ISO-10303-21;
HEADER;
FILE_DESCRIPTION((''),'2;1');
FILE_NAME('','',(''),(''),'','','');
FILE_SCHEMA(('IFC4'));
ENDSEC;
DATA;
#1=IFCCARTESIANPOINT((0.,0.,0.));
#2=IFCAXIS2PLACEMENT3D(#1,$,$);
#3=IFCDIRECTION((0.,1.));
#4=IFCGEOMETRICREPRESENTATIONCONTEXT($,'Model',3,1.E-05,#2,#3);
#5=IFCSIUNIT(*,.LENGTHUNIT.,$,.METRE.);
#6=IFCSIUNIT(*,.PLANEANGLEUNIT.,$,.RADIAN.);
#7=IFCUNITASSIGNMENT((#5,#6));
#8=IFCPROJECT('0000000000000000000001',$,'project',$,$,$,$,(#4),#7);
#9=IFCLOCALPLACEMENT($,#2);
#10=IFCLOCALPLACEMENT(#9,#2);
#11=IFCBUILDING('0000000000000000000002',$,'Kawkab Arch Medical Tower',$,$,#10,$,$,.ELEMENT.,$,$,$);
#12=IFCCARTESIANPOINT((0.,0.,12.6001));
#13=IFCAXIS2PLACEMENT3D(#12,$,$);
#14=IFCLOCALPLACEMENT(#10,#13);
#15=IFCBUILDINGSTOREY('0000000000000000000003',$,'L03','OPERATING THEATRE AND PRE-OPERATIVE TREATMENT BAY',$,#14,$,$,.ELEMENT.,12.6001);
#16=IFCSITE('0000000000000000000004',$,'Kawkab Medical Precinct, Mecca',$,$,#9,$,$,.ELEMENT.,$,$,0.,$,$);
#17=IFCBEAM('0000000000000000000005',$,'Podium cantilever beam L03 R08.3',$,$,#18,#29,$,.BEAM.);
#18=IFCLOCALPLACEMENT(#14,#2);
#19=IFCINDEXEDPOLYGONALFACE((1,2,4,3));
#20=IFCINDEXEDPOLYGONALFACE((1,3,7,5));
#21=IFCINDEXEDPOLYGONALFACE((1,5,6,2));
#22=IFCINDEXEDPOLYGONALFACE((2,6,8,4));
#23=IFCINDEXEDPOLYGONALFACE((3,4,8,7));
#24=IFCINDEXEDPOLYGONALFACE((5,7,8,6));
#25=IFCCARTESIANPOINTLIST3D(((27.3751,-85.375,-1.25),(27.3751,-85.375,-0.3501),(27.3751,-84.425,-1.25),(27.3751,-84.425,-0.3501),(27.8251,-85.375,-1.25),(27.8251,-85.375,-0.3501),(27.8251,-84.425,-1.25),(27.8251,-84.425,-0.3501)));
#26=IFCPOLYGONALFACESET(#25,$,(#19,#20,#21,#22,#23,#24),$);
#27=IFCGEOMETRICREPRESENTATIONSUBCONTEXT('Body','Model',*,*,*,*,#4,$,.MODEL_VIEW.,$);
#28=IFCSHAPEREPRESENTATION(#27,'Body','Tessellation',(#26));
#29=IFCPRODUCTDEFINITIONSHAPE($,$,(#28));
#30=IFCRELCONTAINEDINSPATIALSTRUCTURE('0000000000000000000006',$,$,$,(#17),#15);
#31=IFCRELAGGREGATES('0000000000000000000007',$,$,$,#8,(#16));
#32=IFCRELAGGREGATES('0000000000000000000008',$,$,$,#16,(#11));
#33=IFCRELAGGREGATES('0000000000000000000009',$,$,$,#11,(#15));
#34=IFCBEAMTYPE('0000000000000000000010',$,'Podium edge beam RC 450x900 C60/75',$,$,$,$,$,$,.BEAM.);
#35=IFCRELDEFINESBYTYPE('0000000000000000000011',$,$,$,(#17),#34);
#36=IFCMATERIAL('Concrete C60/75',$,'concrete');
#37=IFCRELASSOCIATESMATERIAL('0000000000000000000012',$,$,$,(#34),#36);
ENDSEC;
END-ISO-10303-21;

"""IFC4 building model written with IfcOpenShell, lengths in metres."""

from ifc_helpers import new_model, si_unit, direction, frame, origin, origin_2d, place, context, subcontext, project, spatial, rectangle, extrude, material, material_profile, profile_set, type_object, element, save


model = new_model("IFC4")

# Units and contexts
model_context = context("Model", 3, precision=1e-05, world=origin(), true_north=direction((0.0, 1.0)))
body_context = subcontext(model_context, "Body", "Model", "MODEL_VIEW")
ifc_project = project(units=[si_unit("LENGTHUNIT", "METRE"), si_unit("PLANEANGLEUNIT", "RADIAN")], contexts=[model_context])

# Site, building, storey
site_placement = place(None, origin())
site = spatial("IfcSite", under=ifc_project, at=site_placement, Name="Kawkab Medical Precinct, Mecca", CompositionType="ELEMENT", RefElevation=0.0)
building_placement = place(site_placement, origin())
building = spatial("IfcBuilding", under=site, at=building_placement, Name="Kawkab Arch Medical Tower", CompositionType="ELEMENT")
storey_placement = place(building_placement, frame((0.0, 0.0, 12.6001)))
storey = spatial("IfcBuildingStorey", under=building, at=storey_placement, Name="L03", Description="OPERATING THEATRE AND PRE-OPERATIVE TREATMENT BAY", CompositionType="ELEMENT", Elevation=12.6001)

# Beam
ifc_material_1 = material(Name="Concrete C60/75", Category="concrete")
ifc_material_profile = material_profile(ifc_material_1, rectangle(XDim=0.45, YDim=0.8999, at=origin_2d()), Name="RC 450x900")
ifc_profile_set = profile_set([ifc_material_profile], Name="Concrete C60/75")
beam_type = type_object("IfcBeamType", Name="Podium edge beam RC 450x900 C60/75", PredefinedType="BEAM", material=ifc_profile_set)
beam_placement = place(storey_placement, frame((27.6001, -84.425, -0.8), z_axis=(0.0, -1.0, 0.0), x_axis=(1.0, 0.0, 0.0)))
element("IfcBeam", 1, at=beam_placement, inside=storey, type_object=beam_type, Name="Podium cantilever beam L03 R08.3", PredefinedType="BEAM", context=body_context, shape_type="SweptSolid", body=[
    extrude(rectangle(XDim=0.45, YDim=0.8999, at=origin_2d()), origin(), (0.0, 0.0, 1.0), 0.95),
])

save(model, "model.ifc")
